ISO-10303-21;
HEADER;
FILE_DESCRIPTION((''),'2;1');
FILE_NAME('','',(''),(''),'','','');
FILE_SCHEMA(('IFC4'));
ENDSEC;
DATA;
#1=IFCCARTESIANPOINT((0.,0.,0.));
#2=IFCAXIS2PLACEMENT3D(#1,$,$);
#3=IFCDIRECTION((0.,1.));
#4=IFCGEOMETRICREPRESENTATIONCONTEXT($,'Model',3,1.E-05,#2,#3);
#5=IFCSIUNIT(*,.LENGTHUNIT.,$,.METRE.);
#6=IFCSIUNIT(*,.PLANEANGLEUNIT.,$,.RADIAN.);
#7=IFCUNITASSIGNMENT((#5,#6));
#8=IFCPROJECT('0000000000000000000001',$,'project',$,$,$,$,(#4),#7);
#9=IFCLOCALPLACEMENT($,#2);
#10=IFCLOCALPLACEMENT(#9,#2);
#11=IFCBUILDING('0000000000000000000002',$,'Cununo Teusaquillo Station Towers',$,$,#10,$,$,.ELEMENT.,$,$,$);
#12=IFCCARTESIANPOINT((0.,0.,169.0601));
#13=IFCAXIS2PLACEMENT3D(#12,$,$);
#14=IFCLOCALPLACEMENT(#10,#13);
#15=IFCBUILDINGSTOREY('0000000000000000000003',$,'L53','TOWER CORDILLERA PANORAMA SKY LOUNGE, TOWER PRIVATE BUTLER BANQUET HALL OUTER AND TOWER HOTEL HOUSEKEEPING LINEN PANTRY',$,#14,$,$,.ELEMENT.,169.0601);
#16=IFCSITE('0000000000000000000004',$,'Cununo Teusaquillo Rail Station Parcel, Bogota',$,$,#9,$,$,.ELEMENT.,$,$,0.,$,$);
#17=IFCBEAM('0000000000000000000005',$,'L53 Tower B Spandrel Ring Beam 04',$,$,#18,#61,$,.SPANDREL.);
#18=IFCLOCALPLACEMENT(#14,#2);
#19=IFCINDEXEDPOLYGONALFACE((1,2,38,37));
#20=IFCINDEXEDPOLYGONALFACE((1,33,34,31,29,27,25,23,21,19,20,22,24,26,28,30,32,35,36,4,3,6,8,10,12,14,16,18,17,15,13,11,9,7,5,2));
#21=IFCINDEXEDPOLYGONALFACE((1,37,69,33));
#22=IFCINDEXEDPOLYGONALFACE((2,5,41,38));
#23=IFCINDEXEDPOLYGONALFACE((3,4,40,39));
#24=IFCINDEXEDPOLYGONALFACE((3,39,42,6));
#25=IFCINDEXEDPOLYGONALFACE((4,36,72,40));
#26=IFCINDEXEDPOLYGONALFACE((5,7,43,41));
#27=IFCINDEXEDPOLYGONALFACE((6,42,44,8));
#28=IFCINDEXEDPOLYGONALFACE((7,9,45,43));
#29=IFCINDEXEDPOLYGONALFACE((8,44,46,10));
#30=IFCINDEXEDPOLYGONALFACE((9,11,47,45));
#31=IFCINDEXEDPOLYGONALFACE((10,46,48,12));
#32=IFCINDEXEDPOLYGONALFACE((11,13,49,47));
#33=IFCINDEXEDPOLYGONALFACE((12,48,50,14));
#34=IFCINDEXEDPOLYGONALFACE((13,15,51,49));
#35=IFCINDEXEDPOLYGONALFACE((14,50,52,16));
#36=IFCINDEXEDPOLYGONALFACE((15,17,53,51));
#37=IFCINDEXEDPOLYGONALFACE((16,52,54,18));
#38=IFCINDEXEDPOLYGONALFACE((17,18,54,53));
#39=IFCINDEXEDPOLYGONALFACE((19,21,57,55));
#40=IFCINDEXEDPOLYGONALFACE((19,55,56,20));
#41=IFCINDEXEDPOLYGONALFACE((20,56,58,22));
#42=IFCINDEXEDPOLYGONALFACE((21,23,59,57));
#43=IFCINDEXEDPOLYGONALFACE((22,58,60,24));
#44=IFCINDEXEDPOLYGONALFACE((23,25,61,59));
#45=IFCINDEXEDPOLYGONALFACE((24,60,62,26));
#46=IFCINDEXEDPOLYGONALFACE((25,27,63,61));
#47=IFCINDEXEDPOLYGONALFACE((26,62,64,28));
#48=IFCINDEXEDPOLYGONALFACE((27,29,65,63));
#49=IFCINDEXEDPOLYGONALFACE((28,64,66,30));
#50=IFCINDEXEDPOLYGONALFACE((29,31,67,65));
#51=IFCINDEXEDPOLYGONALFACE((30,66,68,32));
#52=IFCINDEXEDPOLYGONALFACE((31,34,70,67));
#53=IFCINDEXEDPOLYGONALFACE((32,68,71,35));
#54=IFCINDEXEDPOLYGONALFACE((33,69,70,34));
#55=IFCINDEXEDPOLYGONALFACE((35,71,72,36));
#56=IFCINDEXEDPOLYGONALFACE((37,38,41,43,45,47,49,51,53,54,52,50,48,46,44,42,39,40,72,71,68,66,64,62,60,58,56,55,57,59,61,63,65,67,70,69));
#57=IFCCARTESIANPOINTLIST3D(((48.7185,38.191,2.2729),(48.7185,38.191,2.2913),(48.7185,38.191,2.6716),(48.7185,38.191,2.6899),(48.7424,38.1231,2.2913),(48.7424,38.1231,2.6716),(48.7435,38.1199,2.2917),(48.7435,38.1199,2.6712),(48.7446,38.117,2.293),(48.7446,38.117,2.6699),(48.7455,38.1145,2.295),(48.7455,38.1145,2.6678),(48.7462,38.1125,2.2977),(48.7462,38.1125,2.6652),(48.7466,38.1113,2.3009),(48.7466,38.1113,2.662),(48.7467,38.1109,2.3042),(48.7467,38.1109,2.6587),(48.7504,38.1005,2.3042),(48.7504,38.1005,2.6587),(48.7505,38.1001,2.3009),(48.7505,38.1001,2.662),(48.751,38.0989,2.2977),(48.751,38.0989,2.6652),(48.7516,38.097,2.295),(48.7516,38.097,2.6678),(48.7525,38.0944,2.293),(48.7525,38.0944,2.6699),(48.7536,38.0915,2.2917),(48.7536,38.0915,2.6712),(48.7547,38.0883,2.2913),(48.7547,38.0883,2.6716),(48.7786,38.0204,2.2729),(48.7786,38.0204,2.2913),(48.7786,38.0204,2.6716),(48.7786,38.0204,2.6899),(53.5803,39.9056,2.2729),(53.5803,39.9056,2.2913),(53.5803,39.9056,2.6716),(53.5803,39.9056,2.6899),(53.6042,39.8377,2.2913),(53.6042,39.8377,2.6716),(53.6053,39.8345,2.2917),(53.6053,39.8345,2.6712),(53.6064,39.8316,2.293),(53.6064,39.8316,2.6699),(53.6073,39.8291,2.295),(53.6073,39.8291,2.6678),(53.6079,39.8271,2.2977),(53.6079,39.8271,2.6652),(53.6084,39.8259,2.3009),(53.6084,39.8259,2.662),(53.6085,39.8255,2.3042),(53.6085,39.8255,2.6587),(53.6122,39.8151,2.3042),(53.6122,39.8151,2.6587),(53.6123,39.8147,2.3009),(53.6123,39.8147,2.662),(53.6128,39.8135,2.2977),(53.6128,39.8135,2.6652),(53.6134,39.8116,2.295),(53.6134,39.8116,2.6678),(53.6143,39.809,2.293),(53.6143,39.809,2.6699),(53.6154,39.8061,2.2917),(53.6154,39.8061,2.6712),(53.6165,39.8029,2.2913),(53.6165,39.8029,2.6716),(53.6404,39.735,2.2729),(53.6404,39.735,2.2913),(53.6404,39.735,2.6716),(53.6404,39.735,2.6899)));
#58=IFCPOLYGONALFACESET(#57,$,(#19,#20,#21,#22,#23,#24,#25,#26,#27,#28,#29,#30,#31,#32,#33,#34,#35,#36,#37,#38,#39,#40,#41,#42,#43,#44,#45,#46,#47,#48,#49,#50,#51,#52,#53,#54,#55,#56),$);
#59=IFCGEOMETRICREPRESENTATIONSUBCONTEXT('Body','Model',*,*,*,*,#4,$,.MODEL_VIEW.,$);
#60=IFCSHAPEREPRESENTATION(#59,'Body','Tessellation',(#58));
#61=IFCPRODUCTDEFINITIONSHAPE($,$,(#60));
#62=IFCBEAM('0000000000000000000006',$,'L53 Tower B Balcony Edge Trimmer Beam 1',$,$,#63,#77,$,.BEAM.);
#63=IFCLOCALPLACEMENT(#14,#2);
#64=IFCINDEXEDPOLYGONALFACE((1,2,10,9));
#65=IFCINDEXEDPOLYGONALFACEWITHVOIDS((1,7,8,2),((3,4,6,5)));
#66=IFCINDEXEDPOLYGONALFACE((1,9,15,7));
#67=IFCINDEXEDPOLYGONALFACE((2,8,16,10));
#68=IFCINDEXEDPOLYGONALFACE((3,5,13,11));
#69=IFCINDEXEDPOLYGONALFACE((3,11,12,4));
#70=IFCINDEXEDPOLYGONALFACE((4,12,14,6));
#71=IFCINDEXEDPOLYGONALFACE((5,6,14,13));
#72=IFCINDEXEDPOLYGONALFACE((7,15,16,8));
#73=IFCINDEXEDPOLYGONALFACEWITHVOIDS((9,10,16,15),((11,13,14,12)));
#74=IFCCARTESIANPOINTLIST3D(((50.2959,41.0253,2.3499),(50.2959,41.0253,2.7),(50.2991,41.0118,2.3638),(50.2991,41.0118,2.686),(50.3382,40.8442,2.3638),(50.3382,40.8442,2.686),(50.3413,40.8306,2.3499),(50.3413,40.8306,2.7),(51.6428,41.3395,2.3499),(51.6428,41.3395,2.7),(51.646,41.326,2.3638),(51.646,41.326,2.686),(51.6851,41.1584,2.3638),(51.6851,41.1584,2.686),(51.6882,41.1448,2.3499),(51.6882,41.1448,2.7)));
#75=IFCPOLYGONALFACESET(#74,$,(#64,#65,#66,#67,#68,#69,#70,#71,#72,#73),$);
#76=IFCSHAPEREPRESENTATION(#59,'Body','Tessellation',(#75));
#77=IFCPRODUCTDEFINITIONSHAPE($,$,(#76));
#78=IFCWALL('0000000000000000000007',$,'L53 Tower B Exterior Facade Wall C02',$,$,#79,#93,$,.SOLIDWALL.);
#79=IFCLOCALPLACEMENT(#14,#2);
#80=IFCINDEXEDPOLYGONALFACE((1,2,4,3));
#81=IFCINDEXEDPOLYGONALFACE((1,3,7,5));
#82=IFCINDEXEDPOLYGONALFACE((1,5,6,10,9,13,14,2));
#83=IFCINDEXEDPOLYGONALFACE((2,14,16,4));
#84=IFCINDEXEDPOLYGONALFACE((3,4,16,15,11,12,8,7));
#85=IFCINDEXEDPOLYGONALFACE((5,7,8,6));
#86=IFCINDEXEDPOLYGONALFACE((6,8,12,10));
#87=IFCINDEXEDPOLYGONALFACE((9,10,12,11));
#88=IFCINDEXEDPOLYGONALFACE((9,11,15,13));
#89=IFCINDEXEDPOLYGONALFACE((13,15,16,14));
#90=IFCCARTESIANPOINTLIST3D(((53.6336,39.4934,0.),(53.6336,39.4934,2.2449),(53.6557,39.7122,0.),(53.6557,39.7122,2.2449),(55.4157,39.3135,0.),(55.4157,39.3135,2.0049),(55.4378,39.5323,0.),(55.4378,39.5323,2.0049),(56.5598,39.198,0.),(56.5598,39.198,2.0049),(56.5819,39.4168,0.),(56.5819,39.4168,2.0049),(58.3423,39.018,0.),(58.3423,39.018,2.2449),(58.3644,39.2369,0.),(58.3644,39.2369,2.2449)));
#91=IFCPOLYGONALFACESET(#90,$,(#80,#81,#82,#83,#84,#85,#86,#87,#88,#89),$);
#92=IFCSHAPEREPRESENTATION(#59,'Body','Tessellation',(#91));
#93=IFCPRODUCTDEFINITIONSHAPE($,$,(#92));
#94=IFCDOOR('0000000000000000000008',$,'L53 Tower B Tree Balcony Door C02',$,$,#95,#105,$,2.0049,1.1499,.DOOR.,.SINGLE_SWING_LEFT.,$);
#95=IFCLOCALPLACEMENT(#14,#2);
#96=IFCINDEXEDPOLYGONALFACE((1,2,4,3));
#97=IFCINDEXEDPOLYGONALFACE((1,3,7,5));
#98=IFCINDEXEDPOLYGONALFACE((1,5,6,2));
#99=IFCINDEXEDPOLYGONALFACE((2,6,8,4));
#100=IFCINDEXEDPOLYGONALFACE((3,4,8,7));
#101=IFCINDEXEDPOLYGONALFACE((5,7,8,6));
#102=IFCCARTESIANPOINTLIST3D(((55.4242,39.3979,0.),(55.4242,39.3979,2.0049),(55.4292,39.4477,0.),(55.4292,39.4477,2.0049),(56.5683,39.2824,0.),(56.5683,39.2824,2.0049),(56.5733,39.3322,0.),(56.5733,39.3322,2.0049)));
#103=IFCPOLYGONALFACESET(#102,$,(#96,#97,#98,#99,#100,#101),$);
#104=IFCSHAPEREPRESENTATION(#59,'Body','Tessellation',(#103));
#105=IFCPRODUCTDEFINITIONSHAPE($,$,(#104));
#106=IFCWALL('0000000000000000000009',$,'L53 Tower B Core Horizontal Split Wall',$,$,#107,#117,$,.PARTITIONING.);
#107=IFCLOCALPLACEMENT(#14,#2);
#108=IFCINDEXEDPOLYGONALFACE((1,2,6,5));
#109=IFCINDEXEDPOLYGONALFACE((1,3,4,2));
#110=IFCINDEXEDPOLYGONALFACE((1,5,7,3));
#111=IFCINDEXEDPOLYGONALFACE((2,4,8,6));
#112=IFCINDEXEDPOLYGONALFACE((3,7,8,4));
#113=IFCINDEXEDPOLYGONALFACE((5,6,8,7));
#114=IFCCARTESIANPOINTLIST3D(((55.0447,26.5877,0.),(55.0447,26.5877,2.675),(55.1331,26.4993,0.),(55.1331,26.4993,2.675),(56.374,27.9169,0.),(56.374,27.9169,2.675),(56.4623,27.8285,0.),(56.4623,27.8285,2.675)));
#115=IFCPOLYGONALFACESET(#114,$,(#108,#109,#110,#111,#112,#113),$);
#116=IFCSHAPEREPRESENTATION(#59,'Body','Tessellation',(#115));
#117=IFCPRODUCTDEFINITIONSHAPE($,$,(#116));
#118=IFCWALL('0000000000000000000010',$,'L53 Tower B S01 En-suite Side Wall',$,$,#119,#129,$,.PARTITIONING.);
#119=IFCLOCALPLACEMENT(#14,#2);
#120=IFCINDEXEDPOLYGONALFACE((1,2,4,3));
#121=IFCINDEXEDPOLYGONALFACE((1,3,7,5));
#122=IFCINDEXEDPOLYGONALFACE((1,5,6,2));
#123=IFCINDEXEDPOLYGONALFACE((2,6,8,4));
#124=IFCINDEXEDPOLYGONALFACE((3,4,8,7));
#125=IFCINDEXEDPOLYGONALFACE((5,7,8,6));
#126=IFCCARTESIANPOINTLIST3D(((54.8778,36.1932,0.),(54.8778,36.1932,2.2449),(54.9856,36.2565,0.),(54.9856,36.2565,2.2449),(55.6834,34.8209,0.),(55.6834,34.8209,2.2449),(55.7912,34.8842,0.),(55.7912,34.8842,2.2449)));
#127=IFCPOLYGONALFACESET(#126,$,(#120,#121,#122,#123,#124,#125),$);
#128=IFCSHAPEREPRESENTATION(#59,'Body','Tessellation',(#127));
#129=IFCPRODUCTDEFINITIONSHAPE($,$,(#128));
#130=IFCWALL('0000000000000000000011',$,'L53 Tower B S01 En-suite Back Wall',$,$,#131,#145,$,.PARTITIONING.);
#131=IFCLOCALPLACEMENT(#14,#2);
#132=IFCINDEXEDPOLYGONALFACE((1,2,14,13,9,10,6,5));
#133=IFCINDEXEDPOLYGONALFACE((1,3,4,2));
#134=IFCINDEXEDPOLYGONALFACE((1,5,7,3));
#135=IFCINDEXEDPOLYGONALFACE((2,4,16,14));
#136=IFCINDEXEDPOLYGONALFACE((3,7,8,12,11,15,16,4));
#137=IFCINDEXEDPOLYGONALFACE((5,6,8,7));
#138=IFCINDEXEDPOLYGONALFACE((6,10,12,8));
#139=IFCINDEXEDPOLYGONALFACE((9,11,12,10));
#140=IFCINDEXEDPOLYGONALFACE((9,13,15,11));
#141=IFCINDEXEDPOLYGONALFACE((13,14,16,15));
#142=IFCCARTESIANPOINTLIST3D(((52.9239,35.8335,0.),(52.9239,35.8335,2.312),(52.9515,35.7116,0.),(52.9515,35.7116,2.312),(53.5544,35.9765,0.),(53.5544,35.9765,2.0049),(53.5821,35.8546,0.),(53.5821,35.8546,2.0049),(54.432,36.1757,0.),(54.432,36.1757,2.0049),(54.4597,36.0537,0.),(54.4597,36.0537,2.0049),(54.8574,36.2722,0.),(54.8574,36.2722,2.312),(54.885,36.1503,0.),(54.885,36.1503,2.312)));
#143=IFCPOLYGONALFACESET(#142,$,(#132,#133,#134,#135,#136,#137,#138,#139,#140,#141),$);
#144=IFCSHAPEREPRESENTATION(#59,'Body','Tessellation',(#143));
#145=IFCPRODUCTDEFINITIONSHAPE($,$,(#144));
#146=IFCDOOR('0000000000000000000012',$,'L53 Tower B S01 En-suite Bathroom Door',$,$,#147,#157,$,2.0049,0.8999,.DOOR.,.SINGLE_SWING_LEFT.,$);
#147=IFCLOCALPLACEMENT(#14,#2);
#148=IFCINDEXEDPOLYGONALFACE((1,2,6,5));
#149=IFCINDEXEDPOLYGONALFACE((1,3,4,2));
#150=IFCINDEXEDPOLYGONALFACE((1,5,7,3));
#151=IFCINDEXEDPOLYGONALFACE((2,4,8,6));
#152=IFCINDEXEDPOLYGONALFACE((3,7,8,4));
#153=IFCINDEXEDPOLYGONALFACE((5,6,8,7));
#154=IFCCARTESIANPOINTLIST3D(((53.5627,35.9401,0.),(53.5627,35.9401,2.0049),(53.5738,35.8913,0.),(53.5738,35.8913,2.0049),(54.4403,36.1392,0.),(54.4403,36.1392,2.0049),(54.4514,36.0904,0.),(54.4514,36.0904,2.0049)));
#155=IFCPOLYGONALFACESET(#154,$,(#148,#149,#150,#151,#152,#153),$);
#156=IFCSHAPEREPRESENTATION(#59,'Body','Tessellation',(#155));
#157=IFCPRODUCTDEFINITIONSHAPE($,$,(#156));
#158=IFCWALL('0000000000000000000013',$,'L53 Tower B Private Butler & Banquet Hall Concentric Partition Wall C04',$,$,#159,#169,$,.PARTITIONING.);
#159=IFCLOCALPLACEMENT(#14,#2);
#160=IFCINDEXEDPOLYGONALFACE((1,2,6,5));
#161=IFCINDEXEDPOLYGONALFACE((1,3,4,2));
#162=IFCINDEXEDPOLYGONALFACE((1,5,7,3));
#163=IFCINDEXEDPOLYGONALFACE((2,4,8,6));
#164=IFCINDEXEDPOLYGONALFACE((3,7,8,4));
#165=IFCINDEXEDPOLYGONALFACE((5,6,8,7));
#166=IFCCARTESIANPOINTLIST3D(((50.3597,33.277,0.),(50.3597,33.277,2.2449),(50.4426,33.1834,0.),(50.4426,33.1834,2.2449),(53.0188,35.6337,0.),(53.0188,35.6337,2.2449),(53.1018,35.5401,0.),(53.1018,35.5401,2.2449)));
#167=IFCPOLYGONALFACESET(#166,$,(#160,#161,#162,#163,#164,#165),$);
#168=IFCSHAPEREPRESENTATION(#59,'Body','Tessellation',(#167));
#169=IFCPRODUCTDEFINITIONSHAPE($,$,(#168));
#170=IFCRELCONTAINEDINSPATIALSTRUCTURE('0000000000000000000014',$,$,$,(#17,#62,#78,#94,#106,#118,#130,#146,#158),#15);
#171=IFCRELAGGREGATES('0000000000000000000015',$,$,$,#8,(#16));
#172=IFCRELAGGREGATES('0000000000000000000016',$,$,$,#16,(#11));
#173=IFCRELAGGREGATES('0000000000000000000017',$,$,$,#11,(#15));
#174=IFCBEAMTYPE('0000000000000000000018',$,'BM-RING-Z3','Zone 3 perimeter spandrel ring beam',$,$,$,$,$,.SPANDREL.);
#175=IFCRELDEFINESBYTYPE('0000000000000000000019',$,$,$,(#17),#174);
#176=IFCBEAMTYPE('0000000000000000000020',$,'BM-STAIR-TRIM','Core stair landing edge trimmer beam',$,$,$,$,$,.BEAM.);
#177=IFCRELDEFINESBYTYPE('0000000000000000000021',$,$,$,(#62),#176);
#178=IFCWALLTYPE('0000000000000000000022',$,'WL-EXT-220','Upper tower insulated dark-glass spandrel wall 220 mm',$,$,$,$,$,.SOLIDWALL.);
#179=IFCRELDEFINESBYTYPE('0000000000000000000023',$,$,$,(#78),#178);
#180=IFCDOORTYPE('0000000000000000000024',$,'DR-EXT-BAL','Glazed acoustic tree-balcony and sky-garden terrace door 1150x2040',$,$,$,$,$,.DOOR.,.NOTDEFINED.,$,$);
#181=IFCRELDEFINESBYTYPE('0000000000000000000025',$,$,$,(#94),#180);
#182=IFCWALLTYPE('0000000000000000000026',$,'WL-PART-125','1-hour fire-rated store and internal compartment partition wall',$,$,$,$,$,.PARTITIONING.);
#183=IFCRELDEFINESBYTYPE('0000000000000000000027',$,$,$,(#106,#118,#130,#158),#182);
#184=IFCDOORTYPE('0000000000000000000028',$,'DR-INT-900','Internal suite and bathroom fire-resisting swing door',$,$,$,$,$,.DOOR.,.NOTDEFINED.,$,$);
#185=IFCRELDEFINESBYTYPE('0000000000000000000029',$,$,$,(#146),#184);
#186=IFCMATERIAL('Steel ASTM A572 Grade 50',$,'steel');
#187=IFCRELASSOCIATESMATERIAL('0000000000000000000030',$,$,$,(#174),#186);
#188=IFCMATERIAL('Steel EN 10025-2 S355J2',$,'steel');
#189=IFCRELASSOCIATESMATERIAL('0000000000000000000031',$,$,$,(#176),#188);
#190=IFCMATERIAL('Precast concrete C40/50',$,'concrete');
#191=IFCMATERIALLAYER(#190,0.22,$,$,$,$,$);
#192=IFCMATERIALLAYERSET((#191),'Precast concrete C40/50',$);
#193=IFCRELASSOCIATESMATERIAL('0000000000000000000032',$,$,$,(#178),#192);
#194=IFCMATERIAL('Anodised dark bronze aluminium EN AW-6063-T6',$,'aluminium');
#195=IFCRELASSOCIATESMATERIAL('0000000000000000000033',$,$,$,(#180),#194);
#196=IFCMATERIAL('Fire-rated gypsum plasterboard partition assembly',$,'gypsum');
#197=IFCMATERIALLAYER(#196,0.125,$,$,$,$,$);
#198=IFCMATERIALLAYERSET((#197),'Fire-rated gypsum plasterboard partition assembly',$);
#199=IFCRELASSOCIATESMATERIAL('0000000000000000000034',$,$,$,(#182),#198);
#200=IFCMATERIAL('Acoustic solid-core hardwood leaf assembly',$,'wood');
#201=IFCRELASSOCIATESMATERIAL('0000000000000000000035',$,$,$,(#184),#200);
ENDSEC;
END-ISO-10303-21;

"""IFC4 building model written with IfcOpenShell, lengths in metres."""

from ifc_helpers import new_model, si_unit, direction, frame, frame_2d, origin, origin_2d, place, context, subcontext, project, spatial, rectangle, hollow_rectangle, i_section, extrude, source, transform, mapped, material, layer, layer_set, material_profile, profile_set, type_object, element, fill, save


model = new_model("IFC4")

# Units and contexts
model_context = context("Model", 3, precision=1e-05, world=origin(), true_north=direction((0.0, 1.0)))
body_context = subcontext(model_context, "Body", "Model", "MODEL_VIEW")
ifc_project = project(units=[si_unit("LENGTHUNIT", "METRE"), si_unit("PLANEANGLEUNIT", "RADIAN")], contexts=[model_context])

# Site, building, storey
site_placement = place(None, origin())
site = spatial("IfcSite", under=ifc_project, at=site_placement, Name="Cununo Teusaquillo Rail Station Parcel, Bogota", CompositionType="ELEMENT", RefElevation=0.0)
building_placement = place(site_placement, origin())
building = spatial("IfcBuilding", under=site, at=building_placement, Name="Cununo Teusaquillo Station Towers", CompositionType="ELEMENT")
storey_placement = place(building_placement, frame((0.0, 0.0, 169.0601)))
storey = spatial("IfcBuildingStorey", under=building, at=storey_placement, Name="L53", Description="TOWER CORDILLERA PANORAMA SKY LOUNGE, TOWER PRIVATE BUTLER BANQUET HALL OUTER AND TOWER HOTEL HOUSEKEEPING LINEN PANTRY", CompositionType="ELEMENT", Elevation=169.0601)

# Beams
ifc_material_1 = material(Name="Steel ASTM A572 Grade 50", Category="steel")
ifc_material_profile_1 = material_profile(ifc_material_1, i_section(OverallWidth=0.1809, OverallDepth=0.417, WebThickness=0.011, FlangeThickness=0.0183, FilletRadius=0.0129, at=origin_2d()), Name="W16X57")
ifc_profile_set_1 = profile_set([ifc_material_profile_1], Name="Steel ASTM A572 Grade 50")
beam_type_1 = type_object("IfcBeamType", Name="BM-RING-Z3", Description="Zone 3 perimeter spandrel ring beam", PredefinedType="SPANDREL", material=ifc_profile_set_1)
beam_1_placement = place(storey_placement, frame((53.6104, 39.8203, 2.4814), z_axis=(-0.943072, -0.33259, 0.0), x_axis=(0.33259, -0.943072, 0.0)))
element("IfcBeam", 1, at=beam_1_placement, inside=storey, type_object=beam_type_1, Name="L53 Tower B Spandrel Ring Beam 04", PredefinedType="SPANDREL", context=body_context, shape_type="SweptSolid", body=[
    extrude(i_section(OverallWidth=0.1809, OverallDepth=0.417, WebThickness=0.011, FlangeThickness=0.0183, FilletRadius=0.0129, at=origin_2d()), origin(), (0.0, 0.0, 1.0), 5.1553),
])
ifc_material_2 = material(Name="Steel EN 10025-2 S355J2", Category="steel")
ifc_material_profile_2 = material_profile(ifc_material_2, hollow_rectangle(XDim=0.2, YDim=0.3501, WallThickness=0.0139, at=origin_2d()), Name="RHS 350x200x14")
ifc_profile_set_2 = profile_set([ifc_material_profile_2], Name="Steel EN 10025-2 S355J2")
beam_type_2 = type_object("IfcBeamType", Name="BM-STAIR-TRIM", Description="Core stair landing edge trimmer beam", PredefinedType="BEAM", material=ifc_profile_set_2)
beam_2_placement = place(storey_placement, frame((51.6655, 41.2422, 2.5249), z_axis=(-0.973853, -0.227179, 0.0), x_axis=(0.227179, -0.973853, 0.0)))
element("IfcBeam", 2, at=beam_2_placement, inside=storey, type_object=beam_type_2, Name="L53 Tower B Balcony Edge Trimmer Beam 1", PredefinedType="BEAM", context=body_context, shape_type="SweptSolid", body=[
    extrude(hollow_rectangle(XDim=0.2, YDim=0.3501, WallThickness=0.0139, at=origin_2d()), origin(), (0.0, 0.0, 1.0), 1.3831),
])

# Wall, opening, door
ifc_material_3 = material(Name="Precast concrete C40/50", Category="concrete")
ifc_layer_1 = layer(ifc_material_3, 0.22)
ifc_layer_set_1 = layer_set([ifc_layer_1], Name="Precast concrete C40/50")
wall_type_1 = type_object("IfcWallType", Name="WL-EXT-220", Description="Upper tower insulated dark-glass spandrel wall 220 mm", PredefinedType="SOLIDWALL", material=ifc_layer_set_1)
wall_1_placement = place(storey_placement, frame((53.6448, 39.6028, 0.0), z_axis=(0.0, 0.0, 1.0), x_axis=(0.994943, -0.100438, 0.0)))
wall_1 = element("IfcWall", 3, at=wall_1_placement, inside=storey, type_object=wall_type_1, Name="L53 Tower B Exterior Facade Wall C02", PredefinedType="SOLIDWALL", context=body_context, shape_type="SweptSolid", body=[
    extrude(rectangle(XDim=4.7327, YDim=0.22, at=frame_2d((2.3662, 0.0))), origin(), (0.0, 0.0, 1.0), 2.2449),
])
shared_shape_1 = source(origin(), body_context, "Body", "SweptSolid", [
    extrude(rectangle(XDim=1.1499, YDim=2.0049, at=frame_2d((0.575, 1.0024))), frame((0.0, 0.1199, 0.0), z_axis=(0.0, -1.0, 0.0), x_axis=(1.0, 0.0, 0.0)), (0.0, 0.0, 1.0), 0.24),
])
opening_1_placement = place(wall_1_placement, frame((1.791, 0.0, 0.0)))
opening_1 = element("IfcOpeningElement", 4, at=opening_1_placement, cuts=wall_1, PredefinedType="OPENING", context=body_context, shape_type="MappedRepresentation", body=[
    mapped(shared_shape_1, transform((0.0, 0.0, 0.0), x_axis=(1.0, 0.0, 0.0), y_axis=(0.0, 1.0, 0.0), z_axis=(0.0, 0.0, 1.0), scale=1.0)),
])
ifc_material_4 = material(Name="Anodised dark bronze aluminium EN AW-6063-T6", Category="aluminium")
door_type_1 = type_object("IfcDoorType", Name="DR-EXT-BAL", Description="Glazed acoustic tree-balcony and sky-garden terrace door 1150x2040", OperationType="NOTDEFINED", PredefinedType="DOOR", material=ifc_material_4)
shared_shape_2 = source(origin(), body_context, "Body", "SweptSolid", [
    extrude(rectangle(XDim=1.1499, YDim=2.0049, at=frame_2d((0.575, 1.0024))), frame((0.0, 0.0249, 0.0), z_axis=(0.0, -1.0, 0.0), x_axis=(1.0, 0.0, 0.0)), (0.0, 0.0, 1.0), 0.05),
])
door_1_placement = place(opening_1_placement, origin())
door_1 = element("IfcDoor", 5, at=door_1_placement, inside=storey, type_object=door_type_1, Name="L53 Tower B Tree Balcony Door C02", OperationType="SINGLE_SWING_LEFT", OverallHeight=2.0049, OverallWidth=1.1499, PredefinedType="DOOR", context=body_context, shape_type="MappedRepresentation", body=[
    mapped(shared_shape_2, transform((0.0, 0.0, 0.0), x_axis=(1.0, 0.0, 0.0), y_axis=(0.0, 1.0, 0.0), z_axis=(0.0, 0.0, 1.0), scale=1.0)),
])
fill(opening_1, door_1)

# Walls
ifc_material_5 = material(Name="Fire-rated gypsum plasterboard partition assembly", Category="gypsum")
ifc_layer_2 = layer(ifc_material_5, 0.125)
ifc_layer_set_2 = layer_set([ifc_layer_2], Name="Fire-rated gypsum plasterboard partition assembly")
wall_type_2 = type_object("IfcWallType", Name="WL-PART-125", Description="1-hour fire-rated store and internal compartment partition wall", PredefinedType="PARTITIONING", material=ifc_layer_set_2)
wall_2_placement = place(storey_placement, frame((55.0889, 26.5435, 0.0), z_axis=(0.0, 0.0, 1.0), x_axis=(0.707107, 0.707107, 0.0)))
element("IfcWall", 6, at=wall_2_placement, inside=storey, type_object=wall_type_2, Name="L53 Tower B Core Horizontal Split Wall", PredefinedType="PARTITIONING", context=body_context, shape_type="SweptSolid", body=[
    extrude(rectangle(XDim=1.8799, YDim=0.125, at=frame_2d((0.9399, 0.0))), origin(), (0.0, 0.0, 1.0), 2.675),
])
wall_3_placement = place(storey_placement, frame((55.7373, 34.8525, 0.0), z_axis=(0.0, 0.0, 1.0), x_axis=(-0.506282, 0.862368, 0.0)))
element("IfcWall", 7, at=wall_3_placement, inside=storey, type_object=wall_type_2, Name="L53 Tower B S01 En-suite Side Wall", PredefinedType="PARTITIONING", context=body_context, shape_type="SweptSolid", body=[
    extrude(rectangle(XDim=1.5913, YDim=0.125, at=frame_2d((0.7957, 0.0))), origin(), (0.0, 0.0, 1.0), 2.2449),
])

# Wall, opening, door
wall_4_placement = place(storey_placement, frame((54.8711, 36.2112, 0.0), z_axis=(0.0, 0.0, 1.0), x_axis=(-0.975213, -0.22127, 0.0)))
wall_4 = element("IfcWall", 8, at=wall_4_placement, inside=storey, type_object=wall_type_2, Name="L53 Tower B S01 En-suite Back Wall", PredefinedType="PARTITIONING", context=body_context, shape_type="SweptSolid", body=[
    extrude(rectangle(XDim=1.9827, YDim=0.125, at=frame_2d((0.9912, 0.0))), origin(), (0.0, 0.0, 1.0), 2.312),
])
shared_shape_3 = source(origin(), body_context, "Body", "SweptSolid", [
    extrude(rectangle(XDim=0.8999, YDim=2.0049, at=frame_2d((0.45, 1.0024))), frame((0.0, 0.0725, 0.0), z_axis=(0.0, -1.0, 0.0), x_axis=(1.0, 0.0, 0.0)), (0.0, 0.0, 1.0), 0.145),
])
opening_2_placement = place(wall_4_placement, frame((0.436, 0.0, 0.0)))
opening_2 = element("IfcOpeningElement", 9, at=opening_2_placement, cuts=wall_4, PredefinedType="OPENING", context=body_context, shape_type="MappedRepresentation", body=[
    mapped(shared_shape_3, transform((0.0, 0.0, 0.0), x_axis=(1.0, 0.0, 0.0), y_axis=(0.0, 1.0, 0.0), z_axis=(0.0, 0.0, 1.0), scale=1.0)),
])
ifc_material_6 = material(Name="Acoustic solid-core hardwood leaf assembly", Category="wood")
door_type_2 = type_object("IfcDoorType", Name="DR-INT-900", Description="Internal suite and bathroom fire-resisting swing door", OperationType="NOTDEFINED", PredefinedType="DOOR", material=ifc_material_6)
shared_shape_4 = source(origin(), body_context, "Body", "SweptSolid", [
    extrude(rectangle(XDim=0.8999, YDim=2.0049, at=frame_2d((0.45, 1.0024))), frame((0.0, 0.0249, 0.0), z_axis=(0.0, -1.0, 0.0), x_axis=(1.0, 0.0, 0.0)), (0.0, 0.0, 1.0), 0.05),
])
door_2_placement = place(opening_2_placement, origin())
door_2 = element("IfcDoor", 10, at=door_2_placement, inside=storey, type_object=door_type_2, Name="L53 Tower B S01 En-suite Bathroom Door", OperationType="SINGLE_SWING_LEFT", OverallHeight=2.0049, OverallWidth=0.8999, PredefinedType="DOOR", context=body_context, shape_type="MappedRepresentation", body=[
    mapped(shared_shape_4, transform((0.0, 0.0, 0.0), x_axis=(1.0, 0.0, 0.0), y_axis=(0.0, 1.0, 0.0), z_axis=(0.0, 0.0, 1.0), scale=1.0)),
])
fill(opening_2, door_2)

# Wall
wall_5_placement = place(storey_placement, frame((53.0603, 35.5869, 0.0), z_axis=(0.0, 0.0, 1.0), x_axis=(-0.74839, -0.663259, 0.0)))
element("IfcWall", 11, at=wall_5_placement, inside=storey, type_object=wall_type_2, Name="L53 Tower B Private Butler & Banquet Hall Concentric Partition Wall C04", PredefinedType="PARTITIONING", context=body_context, shape_type="SweptSolid", body=[
    extrude(rectangle(XDim=3.5532, YDim=0.125, at=frame_2d((1.7766, 0.0))), origin(), (0.0, 0.0, 1.0), 2.2449),
])

save(model, "model.ifc")
